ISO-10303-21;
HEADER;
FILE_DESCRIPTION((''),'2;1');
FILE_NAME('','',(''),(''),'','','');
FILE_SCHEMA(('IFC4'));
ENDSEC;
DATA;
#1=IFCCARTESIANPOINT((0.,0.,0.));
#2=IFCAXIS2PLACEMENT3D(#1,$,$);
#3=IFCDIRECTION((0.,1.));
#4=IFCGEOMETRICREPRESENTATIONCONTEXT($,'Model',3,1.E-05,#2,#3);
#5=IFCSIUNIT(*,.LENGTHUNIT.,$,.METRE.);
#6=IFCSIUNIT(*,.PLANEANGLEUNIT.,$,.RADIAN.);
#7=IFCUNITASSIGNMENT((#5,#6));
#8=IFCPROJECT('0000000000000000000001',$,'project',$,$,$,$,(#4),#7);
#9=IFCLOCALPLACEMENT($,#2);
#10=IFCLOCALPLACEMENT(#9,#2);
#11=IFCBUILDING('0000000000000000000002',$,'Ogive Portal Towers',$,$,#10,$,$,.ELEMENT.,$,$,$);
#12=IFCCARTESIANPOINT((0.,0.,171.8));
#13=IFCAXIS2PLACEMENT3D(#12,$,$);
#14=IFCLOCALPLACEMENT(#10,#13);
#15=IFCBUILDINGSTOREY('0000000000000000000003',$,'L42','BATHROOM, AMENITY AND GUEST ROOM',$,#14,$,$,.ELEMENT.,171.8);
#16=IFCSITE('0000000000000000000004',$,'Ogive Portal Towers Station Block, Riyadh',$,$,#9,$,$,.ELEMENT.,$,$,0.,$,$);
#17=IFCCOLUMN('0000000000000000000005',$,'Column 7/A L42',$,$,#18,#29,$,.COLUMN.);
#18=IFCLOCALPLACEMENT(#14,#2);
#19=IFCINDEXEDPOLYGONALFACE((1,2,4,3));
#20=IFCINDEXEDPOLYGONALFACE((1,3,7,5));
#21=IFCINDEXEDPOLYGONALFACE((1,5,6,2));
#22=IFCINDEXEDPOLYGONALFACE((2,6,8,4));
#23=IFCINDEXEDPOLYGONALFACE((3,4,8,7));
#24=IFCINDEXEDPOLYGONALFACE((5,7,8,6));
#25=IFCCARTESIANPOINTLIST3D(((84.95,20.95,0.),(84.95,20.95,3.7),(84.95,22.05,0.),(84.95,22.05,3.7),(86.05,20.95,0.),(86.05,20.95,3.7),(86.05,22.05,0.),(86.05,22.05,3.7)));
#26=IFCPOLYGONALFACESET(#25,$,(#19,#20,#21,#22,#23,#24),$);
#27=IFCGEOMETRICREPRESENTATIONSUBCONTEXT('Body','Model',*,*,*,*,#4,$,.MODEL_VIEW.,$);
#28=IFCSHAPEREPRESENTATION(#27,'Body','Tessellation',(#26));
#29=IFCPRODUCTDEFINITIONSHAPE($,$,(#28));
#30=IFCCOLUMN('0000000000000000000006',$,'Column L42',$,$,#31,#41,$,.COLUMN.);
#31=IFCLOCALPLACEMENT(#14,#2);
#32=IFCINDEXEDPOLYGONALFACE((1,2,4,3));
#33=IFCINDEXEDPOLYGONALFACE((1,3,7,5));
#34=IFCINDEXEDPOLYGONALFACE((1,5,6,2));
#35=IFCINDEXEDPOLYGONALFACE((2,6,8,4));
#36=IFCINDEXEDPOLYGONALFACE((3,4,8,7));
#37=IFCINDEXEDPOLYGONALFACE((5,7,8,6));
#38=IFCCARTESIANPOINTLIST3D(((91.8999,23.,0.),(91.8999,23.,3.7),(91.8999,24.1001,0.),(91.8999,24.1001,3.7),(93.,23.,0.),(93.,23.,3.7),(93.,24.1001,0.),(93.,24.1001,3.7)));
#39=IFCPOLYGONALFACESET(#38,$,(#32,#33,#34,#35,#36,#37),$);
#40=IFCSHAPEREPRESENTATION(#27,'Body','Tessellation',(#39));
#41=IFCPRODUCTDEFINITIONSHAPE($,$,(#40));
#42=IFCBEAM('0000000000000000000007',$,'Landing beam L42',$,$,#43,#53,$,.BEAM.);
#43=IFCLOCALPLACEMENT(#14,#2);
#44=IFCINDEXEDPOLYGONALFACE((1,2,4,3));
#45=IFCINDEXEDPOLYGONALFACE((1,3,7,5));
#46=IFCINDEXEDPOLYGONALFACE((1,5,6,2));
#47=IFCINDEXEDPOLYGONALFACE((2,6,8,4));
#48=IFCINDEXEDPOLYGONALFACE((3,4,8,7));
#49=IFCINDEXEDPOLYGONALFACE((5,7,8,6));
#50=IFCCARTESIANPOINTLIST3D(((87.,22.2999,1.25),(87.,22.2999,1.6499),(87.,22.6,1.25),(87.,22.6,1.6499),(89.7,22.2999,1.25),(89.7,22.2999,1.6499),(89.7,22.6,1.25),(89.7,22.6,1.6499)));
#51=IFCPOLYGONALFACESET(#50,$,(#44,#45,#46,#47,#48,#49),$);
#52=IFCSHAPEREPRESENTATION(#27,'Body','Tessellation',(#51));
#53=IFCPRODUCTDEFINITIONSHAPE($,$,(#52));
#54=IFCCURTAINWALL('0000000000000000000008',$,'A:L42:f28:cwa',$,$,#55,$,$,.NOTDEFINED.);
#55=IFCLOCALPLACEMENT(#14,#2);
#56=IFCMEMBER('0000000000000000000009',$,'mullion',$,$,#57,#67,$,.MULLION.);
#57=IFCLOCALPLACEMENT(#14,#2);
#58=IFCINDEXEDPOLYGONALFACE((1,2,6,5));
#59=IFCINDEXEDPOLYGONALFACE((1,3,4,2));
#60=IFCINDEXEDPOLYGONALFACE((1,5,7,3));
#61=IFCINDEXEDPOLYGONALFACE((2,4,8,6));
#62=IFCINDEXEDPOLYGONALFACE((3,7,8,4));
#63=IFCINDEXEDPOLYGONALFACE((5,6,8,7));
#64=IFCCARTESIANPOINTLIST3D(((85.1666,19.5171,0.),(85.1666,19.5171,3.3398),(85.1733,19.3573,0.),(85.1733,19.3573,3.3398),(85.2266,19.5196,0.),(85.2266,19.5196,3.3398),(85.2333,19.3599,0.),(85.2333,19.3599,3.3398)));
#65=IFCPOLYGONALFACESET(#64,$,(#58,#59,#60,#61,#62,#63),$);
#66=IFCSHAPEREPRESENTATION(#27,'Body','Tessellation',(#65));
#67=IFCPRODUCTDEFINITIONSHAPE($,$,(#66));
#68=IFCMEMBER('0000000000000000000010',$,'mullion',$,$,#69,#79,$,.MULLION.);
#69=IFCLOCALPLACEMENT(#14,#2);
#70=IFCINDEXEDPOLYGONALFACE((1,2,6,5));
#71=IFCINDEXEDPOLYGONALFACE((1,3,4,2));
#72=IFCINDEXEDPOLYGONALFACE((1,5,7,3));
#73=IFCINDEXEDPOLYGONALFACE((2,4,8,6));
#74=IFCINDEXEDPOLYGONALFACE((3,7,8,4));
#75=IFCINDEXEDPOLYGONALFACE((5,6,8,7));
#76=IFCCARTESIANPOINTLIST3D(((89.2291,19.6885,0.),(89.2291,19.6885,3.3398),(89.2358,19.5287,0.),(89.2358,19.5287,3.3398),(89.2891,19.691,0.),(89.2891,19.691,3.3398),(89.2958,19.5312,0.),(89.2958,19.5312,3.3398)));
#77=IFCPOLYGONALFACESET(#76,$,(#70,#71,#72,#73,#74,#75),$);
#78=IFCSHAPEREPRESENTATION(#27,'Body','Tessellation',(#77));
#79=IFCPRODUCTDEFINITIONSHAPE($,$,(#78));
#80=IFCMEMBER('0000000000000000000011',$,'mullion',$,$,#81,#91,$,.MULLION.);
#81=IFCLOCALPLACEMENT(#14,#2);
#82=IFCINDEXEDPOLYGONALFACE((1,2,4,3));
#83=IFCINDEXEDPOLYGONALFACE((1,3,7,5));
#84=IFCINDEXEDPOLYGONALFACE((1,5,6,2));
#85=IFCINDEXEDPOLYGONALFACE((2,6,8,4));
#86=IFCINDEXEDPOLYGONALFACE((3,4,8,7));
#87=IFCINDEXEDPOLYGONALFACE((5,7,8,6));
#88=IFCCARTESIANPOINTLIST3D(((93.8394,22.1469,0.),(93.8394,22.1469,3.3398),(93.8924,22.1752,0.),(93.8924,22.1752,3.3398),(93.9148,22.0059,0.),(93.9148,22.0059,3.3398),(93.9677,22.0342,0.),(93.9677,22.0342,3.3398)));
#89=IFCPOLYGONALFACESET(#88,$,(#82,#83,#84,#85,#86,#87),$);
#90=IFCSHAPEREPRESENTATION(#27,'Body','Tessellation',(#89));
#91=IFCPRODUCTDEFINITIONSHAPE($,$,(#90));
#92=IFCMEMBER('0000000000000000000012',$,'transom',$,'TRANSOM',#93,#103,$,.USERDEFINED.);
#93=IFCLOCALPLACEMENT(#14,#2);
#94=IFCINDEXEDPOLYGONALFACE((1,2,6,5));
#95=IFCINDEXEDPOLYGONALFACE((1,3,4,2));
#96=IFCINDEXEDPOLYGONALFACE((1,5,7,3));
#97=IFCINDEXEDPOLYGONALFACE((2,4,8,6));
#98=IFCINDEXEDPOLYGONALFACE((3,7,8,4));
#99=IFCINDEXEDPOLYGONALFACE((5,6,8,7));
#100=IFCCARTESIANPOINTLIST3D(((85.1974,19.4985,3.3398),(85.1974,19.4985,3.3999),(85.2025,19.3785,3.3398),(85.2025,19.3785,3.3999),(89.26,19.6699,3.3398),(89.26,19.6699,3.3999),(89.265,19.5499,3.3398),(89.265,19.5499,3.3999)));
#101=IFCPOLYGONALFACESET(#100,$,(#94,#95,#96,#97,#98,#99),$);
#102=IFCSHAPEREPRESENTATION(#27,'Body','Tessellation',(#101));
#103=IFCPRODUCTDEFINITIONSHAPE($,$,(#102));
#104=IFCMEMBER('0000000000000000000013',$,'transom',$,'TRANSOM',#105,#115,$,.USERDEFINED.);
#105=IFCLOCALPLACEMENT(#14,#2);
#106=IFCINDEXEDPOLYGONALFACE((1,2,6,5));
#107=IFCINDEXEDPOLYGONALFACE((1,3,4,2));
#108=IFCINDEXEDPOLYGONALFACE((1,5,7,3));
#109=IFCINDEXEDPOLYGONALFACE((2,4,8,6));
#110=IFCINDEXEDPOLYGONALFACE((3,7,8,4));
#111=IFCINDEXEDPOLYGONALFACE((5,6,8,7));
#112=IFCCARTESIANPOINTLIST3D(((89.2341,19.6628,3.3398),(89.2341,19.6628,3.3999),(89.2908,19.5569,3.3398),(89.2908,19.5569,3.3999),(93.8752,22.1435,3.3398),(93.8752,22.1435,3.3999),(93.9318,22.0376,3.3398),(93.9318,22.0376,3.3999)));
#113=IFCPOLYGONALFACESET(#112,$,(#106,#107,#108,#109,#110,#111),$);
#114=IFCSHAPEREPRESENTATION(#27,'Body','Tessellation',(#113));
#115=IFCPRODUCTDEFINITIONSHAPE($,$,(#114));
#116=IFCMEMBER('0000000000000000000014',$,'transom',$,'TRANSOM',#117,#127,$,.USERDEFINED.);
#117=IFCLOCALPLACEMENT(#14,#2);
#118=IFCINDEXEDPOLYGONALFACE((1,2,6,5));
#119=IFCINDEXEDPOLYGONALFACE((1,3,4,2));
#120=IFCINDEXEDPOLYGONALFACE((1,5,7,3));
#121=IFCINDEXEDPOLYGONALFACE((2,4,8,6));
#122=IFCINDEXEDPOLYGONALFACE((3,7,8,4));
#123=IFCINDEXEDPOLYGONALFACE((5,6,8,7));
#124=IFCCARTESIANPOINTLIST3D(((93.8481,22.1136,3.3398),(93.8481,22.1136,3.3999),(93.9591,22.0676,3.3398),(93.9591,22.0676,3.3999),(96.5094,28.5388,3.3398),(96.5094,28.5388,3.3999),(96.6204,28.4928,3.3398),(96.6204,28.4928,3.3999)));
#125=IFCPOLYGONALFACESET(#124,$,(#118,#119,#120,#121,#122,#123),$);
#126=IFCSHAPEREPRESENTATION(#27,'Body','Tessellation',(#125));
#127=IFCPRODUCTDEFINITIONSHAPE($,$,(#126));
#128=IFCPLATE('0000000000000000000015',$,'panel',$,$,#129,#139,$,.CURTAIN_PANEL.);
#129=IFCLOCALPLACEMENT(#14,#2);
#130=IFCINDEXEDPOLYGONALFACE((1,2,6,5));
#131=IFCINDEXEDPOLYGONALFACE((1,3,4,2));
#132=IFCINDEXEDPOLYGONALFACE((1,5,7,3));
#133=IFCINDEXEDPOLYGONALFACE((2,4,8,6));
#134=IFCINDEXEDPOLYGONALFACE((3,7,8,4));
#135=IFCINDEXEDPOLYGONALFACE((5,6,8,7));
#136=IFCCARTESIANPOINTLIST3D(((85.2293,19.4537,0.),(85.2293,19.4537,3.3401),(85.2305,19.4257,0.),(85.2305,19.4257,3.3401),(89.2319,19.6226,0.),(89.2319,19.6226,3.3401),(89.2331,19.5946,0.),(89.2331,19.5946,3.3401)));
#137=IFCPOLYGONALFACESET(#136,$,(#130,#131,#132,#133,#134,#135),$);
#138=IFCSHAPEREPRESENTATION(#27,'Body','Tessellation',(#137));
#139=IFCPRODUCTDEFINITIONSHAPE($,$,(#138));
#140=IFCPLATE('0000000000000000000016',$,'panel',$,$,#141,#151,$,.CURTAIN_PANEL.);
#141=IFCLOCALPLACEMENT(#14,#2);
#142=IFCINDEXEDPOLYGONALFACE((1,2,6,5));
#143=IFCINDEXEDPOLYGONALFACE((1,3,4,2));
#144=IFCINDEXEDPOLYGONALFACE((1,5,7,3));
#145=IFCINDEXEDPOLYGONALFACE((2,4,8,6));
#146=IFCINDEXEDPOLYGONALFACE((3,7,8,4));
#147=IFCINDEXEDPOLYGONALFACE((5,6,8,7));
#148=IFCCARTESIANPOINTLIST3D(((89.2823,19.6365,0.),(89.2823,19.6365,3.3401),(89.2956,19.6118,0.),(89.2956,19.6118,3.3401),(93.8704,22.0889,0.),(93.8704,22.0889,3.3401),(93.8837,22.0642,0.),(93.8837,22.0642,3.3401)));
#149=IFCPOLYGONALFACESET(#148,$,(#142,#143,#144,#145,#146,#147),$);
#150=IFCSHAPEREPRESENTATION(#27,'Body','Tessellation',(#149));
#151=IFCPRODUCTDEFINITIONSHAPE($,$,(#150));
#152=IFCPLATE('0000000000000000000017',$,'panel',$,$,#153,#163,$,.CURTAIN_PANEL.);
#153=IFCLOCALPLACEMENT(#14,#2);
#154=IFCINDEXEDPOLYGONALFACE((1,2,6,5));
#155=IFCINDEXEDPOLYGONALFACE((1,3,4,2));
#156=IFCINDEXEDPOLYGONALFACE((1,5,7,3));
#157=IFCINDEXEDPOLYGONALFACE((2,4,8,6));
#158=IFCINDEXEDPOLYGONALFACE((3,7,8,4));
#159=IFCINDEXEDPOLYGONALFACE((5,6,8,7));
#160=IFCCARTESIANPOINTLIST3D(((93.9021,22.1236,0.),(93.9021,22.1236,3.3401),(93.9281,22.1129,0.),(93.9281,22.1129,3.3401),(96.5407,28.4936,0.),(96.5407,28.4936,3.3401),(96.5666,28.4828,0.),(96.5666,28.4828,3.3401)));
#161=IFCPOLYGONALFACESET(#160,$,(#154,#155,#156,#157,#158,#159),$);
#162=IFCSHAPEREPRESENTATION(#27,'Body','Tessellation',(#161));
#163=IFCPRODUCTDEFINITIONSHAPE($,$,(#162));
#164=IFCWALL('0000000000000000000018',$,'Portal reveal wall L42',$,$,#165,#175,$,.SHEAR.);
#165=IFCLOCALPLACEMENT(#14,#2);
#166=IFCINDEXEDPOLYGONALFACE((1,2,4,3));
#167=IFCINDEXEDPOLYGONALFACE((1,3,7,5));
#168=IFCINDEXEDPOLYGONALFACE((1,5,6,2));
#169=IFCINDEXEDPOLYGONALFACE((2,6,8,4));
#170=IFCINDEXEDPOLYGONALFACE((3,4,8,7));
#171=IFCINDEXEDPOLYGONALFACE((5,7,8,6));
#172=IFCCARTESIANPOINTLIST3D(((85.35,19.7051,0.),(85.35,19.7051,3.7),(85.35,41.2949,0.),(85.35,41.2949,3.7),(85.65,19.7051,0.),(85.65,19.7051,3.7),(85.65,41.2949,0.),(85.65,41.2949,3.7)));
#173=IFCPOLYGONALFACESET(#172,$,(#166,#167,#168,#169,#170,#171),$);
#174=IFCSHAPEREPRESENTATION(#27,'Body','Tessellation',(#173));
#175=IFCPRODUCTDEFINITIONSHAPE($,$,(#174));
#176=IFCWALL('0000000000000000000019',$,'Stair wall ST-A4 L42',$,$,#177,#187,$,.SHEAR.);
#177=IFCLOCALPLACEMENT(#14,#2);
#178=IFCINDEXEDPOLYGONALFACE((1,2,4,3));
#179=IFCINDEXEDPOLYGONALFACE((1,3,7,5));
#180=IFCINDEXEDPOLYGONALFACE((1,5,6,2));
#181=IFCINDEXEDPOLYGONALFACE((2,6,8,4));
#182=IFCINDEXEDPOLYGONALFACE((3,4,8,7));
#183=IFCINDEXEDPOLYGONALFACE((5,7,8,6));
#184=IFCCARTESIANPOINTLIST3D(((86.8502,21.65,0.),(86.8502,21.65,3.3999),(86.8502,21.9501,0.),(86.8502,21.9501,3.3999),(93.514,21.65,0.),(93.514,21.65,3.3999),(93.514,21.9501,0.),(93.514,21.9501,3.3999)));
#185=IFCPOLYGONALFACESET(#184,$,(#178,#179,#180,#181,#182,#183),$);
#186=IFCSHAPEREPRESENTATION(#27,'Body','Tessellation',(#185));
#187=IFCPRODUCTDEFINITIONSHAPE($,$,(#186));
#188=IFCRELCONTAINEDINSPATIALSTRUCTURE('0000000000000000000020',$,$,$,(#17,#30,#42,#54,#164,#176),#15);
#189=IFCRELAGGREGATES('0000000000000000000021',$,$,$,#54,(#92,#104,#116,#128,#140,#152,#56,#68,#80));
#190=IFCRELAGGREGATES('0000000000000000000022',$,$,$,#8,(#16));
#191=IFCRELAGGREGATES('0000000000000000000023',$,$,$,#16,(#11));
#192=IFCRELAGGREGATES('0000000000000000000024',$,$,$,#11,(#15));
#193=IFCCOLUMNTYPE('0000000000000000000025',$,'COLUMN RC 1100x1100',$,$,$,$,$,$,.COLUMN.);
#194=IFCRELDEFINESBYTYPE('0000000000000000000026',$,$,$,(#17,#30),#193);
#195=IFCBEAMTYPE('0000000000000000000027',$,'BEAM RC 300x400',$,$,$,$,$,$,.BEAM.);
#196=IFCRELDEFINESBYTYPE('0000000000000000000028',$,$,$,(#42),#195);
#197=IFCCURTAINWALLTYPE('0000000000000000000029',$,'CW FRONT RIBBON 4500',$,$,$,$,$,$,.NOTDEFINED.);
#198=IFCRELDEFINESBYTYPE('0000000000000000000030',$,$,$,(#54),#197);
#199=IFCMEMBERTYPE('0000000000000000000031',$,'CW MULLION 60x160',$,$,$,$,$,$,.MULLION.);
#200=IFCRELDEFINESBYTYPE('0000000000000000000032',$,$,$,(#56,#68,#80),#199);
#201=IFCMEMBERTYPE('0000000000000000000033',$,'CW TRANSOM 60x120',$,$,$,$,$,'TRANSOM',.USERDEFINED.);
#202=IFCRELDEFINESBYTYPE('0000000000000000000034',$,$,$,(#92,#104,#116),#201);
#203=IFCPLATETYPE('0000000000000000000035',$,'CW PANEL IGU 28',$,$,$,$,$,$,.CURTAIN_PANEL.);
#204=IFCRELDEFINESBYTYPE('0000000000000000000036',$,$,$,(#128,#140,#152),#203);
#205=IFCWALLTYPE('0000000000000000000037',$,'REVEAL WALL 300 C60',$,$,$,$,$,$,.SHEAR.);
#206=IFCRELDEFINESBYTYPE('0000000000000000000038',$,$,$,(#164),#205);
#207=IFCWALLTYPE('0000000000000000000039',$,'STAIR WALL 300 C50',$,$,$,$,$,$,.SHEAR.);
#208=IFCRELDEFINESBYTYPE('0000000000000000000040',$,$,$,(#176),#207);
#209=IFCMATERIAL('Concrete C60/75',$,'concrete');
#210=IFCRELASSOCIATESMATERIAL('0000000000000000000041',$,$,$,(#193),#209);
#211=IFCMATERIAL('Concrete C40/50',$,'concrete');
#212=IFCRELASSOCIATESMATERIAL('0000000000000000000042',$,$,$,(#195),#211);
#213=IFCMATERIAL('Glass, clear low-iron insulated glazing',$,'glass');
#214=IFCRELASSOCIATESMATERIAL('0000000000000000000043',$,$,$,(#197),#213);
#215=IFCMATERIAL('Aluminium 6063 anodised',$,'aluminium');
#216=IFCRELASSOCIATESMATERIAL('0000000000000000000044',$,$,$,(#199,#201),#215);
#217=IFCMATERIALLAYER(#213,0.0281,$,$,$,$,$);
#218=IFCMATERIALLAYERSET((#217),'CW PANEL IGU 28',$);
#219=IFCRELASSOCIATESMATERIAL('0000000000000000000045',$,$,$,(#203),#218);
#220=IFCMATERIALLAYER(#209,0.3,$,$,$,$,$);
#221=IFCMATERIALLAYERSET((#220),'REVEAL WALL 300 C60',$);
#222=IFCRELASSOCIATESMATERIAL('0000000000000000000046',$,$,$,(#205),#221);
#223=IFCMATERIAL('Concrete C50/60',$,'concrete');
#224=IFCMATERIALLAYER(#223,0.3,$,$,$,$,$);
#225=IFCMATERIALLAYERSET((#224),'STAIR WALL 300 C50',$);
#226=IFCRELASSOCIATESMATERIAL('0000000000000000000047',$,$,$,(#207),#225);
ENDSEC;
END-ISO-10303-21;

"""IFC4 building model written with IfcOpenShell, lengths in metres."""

from ifc_helpers import new_model, si_unit, direction, frame, frame_2d, origin, origin_2d, place, context, subcontext, project, spatial, rectangle, extrude, material, layer, layer_set, material_profile, profile_set, type_object, element, aggregate, save


model = new_model("IFC4")

# Units and contexts
model_context = context("Model", 3, precision=1e-05, world=origin(), true_north=direction((0.0, 1.0)))
body_context = subcontext(model_context, "Body", "Model", "MODEL_VIEW")
ifc_project = project(units=[si_unit("LENGTHUNIT", "METRE"), si_unit("PLANEANGLEUNIT", "RADIAN")], contexts=[model_context])

# Site, building, storey
site_placement = place(None, origin())
site = spatial("IfcSite", under=ifc_project, at=site_placement, Name="Ogive Portal Towers Station Block, Riyadh", CompositionType="ELEMENT", RefElevation=0.0)
building_placement = place(site_placement, origin())
building = spatial("IfcBuilding", under=site, at=building_placement, Name="Ogive Portal Towers", CompositionType="ELEMENT")
storey_placement = place(building_placement, frame((0.0, 0.0, 171.8)))
storey = spatial("IfcBuildingStorey", under=building, at=storey_placement, Name="L42", Description="BATHROOM, AMENITY AND GUEST ROOM", CompositionType="ELEMENT", Elevation=171.8)

# Columns
ifc_material_1 = material(Name="Concrete C60/75", Category="concrete")
ifc_material_profile_1 = material_profile(ifc_material_1, rectangle(XDim=1.1001, YDim=1.1001, at=origin_2d()), Name="RC 1100x1100")
ifc_profile_set_1 = profile_set([ifc_material_profile_1], Name="Concrete C60/75")
column_type = type_object("IfcColumnType", Name="COLUMN RC 1100x1100", PredefinedType="COLUMN", material=ifc_profile_set_1)
for number, where, z_axis, x_axis, name in (
    (1, (85.5, 21.5, 0.0), (0.0, 0.0, 1.0), (1.0, 0.0, 0.0), "Column 7/A L42"),
    (2, (92.45, 23.55, 0.0), (0.0, 0.0, 1.0), (1.0, 0.0, 0.0), "Column L42"),
):
    element("IfcColumn", number, at=place(storey_placement, frame(where, z_axis=z_axis, x_axis=x_axis)), inside=storey, type_object=column_type, Name=name, PredefinedType="COLUMN", context=body_context, shape_type="SweptSolid", body=[
        extrude(rectangle(XDim=1.1001, YDim=1.1001, at=origin_2d()), origin(), (0.0, 0.0, 1.0), 3.7),
    ])

# Beam
ifc_material_2 = material(Name="Concrete C40/50", Category="concrete")
ifc_material_profile_2 = material_profile(ifc_material_2, rectangle(XDim=0.3, YDim=0.3999, at=origin_2d()), Name="RC 300x400")
ifc_profile_set_2 = profile_set([ifc_material_profile_2], Name="Concrete C40/50")
beam_type = type_object("IfcBeamType", Name="BEAM RC 300x400", PredefinedType="BEAM", material=ifc_profile_set_2)
beam_placement = place(storey_placement, frame((87.0, 22.45, 1.45), z_axis=(1.0, 0.0, 0.0), x_axis=(0.0, 1.0, 0.0)))
element("IfcBeam", 3, at=beam_placement, inside=storey, type_object=beam_type, Name="Landing beam L42", PredefinedType="BEAM", context=body_context, shape_type="SweptSolid", body=[
    extrude(rectangle(XDim=0.3, YDim=0.3999, at=origin_2d()), origin(), (0.0, 0.0, 1.0), 2.7),
])

# Curtain wall, members, plates
ifc_material_3 = material(Name="Glass, clear low-iron insulated glazing", Category="glass")
curtain_wall_type = type_object("IfcCurtainWallType", Name="CW FRONT RIBBON 4500", PredefinedType="NOTDEFINED", material=ifc_material_3)
curtain_wall_placement = place(storey_placement, origin())
curtain_wall = element("IfcCurtainWall", 4, at=curtain_wall_placement, inside=storey, type_object=curtain_wall_type, Name="A:L42:f28:cwa", PredefinedType="NOTDEFINED")
ifc_material_4 = material(Name="Aluminium 6063 anodised", Category="aluminium")
ifc_material_profile_3 = material_profile(ifc_material_4, rectangle(XDim=0.1599, YDim=0.0601, at=origin_2d()), Name="AL 60x160")
ifc_profile_set_3 = profile_set([ifc_material_profile_3], Name="Aluminium 6063 anodised")
member_type_1 = type_object("IfcMemberType", Name="CW MULLION 60x160", PredefinedType="MULLION", material=ifc_profile_set_3)
member_1_placement = place(storey_placement, frame((85.2, 19.4385, 0.0), z_axis=(0.0, 0.0, 1.0), x_axis=(-0.042161, 0.999111, 0.0)))
member_1 = element("IfcMember", 5, at=member_1_placement, type_object=member_type_1, Name="mullion", PredefinedType="MULLION", context=body_context, shape_type="SweptSolid", body=[
    extrude(rectangle(XDim=0.1599, YDim=0.0601, at=origin_2d()), origin(), (0.0, 0.0, 1.0), 3.3398),
])
member_2_placement = place(storey_placement, frame((89.2625, 19.6099, 0.0), z_axis=(0.0, 0.0, 1.0), x_axis=(-0.042161, 0.999111, 0.0)))
member_2 = element("IfcMember", 6, at=member_2_placement, type_object=member_type_1, Name="mullion", PredefinedType="MULLION", context=body_context, shape_type="SweptSolid", body=[
    extrude(rectangle(XDim=0.1599, YDim=0.0601, at=origin_2d()), origin(), (0.0, 0.0, 1.0), 3.3398),
])
member_3_placement = place(storey_placement, frame((93.9036, 22.0906, 0.0), z_axis=(0.0, 0.0, 1.0), x_axis=(-0.471397, 0.881921, 0.0)))
member_3 = element("IfcMember", 7, at=member_3_placement, type_object=member_type_1, Name="mullion", PredefinedType="MULLION", context=body_context, shape_type="SweptSolid", body=[
    extrude(rectangle(XDim=0.1599, YDim=0.0601, at=origin_2d()), origin(), (0.0, 0.0, 1.0), 3.3398),
])
ifc_material_profile_4 = material_profile(ifc_material_4, rectangle(XDim=0.1201, YDim=0.0601, at=origin_2d()), Name="AL 120x60")
ifc_profile_set_4 = profile_set([ifc_material_profile_4], Name="Aluminium 6063 anodised")
member_type_2 = type_object("IfcMemberType", Name="CW TRANSOM 60x120", ElementType="TRANSOM", PredefinedType="USERDEFINED", material=ifc_profile_set_4)
member_4_placement = place(storey_placement, frame((85.2, 19.4385, 3.3699), z_axis=(0.999111, 0.04215, 0.0), x_axis=(-0.04215, 0.999111, 0.0)))
member_4 = element("IfcMember", 8, at=member_4_placement, type_object=member_type_2, Name="transom", ObjectType="TRANSOM", PredefinedType="USERDEFINED", context=body_context, shape_type="SweptSolid", body=[
    extrude(rectangle(XDim=0.1201, YDim=0.0601, at=origin_2d()), origin(), (0.0, 0.0, 1.0), 4.0662),
])
member_5_placement = place(storey_placement, frame((89.2625, 19.6099, 3.3699), z_axis=(0.881922, 0.471395, 0.0), x_axis=(-0.471395, 0.881922, 0.0)))
member_5 = element("IfcMember", 9, at=member_5_placement, type_object=member_type_2, Name="transom", ObjectType="TRANSOM", PredefinedType="USERDEFINED", context=body_context, shape_type="SweptSolid", body=[
    extrude(rectangle(XDim=0.1201, YDim=0.0601, at=origin_2d()), origin(), (0.0, 0.0, 1.0), 5.2625),
])
member_6_placement = place(storey_placement, frame((93.9036, 22.0906, 3.3699), z_axis=(0.382675, 0.923883, 0.0), x_axis=(-0.923883, 0.382675, 0.0)))
member_6 = element("IfcMember", 10, at=member_6_placement, type_object=member_type_2, Name="transom", ObjectType="TRANSOM", PredefinedType="USERDEFINED", context=body_context, shape_type="SweptSolid", body=[
    extrude(rectangle(XDim=0.1201, YDim=0.0601, at=origin_2d()), origin(), (0.0, 0.0, 1.0), 6.9546),
])
ifc_layer_1 = layer(ifc_material_3, 0.0281)
ifc_layer_set_1 = layer_set([ifc_layer_1], Name="CW PANEL IGU 28")
plate_type = type_object("IfcPlateType", Name="CW PANEL IGU 28", PredefinedType="CURTAIN_PANEL", material=ifc_layer_set_1)
plate_1_placement = place(storey_placement, frame((87.2312, 19.5242, 0.0), z_axis=(0.0, 0.0, 1.0), x_axis=(0.999111, 0.042161, 0.0)))
plate_1 = element("IfcPlate", 11, at=plate_1_placement, type_object=plate_type, Name="panel", PredefinedType="CURTAIN_PANEL", context=body_context, shape_type="SweptSolid", body=[
    extrude(rectangle(XDim=4.0061, YDim=0.0281, at=origin_2d()), origin(), (0.0, 0.0, 1.0), 3.3401),
])
plate_2_placement = place(storey_placement, frame((91.583, 20.8503, 0.0), z_axis=(0.0, 0.0, 1.0), x_axis=(0.881921, 0.471397, 0.0)))
plate_2 = element("IfcPlate", 12, at=plate_2_placement, type_object=plate_type, Name="panel", PredefinedType="CURTAIN_PANEL", context=body_context, shape_type="SweptSolid", body=[
    extrude(rectangle(XDim=5.2024, YDim=0.0281, at=origin_2d()), origin(), (0.0, 0.0, 1.0), 3.3401),
])
plate_3_placement = place(storey_placement, frame((95.2344, 25.3032, 0.0), z_axis=(0.0, 0.0, 1.0), x_axis=(0.382683, 0.92388, 0.0)))
plate_3 = element("IfcPlate", 13, at=plate_3_placement, type_object=plate_type, Name="panel", PredefinedType="CURTAIN_PANEL", context=body_context, shape_type="SweptSolid", body=[
    extrude(rectangle(XDim=6.8948, YDim=0.0281, at=origin_2d()), origin(), (0.0, 0.0, 1.0), 3.3401),
])
aggregate(curtain_wall, [member_4, member_5, member_6, plate_1, plate_2, plate_3, member_1, member_2, member_3])

# Walls
ifc_layer_2 = layer(ifc_material_1, 0.3)
ifc_layer_set_2 = layer_set([ifc_layer_2], Name="REVEAL WALL 300 C60")
wall_type_1 = type_object("IfcWallType", Name="REVEAL WALL 300 C60", PredefinedType="SHEAR", material=ifc_layer_set_2)
wall_1_placement = place(storey_placement, frame((85.5, 19.7051, 0.0), z_axis=(0.0, 0.0, 1.0), x_axis=(0.0, 1.0, 0.0)))
element("IfcWall", 14, at=wall_1_placement, inside=storey, type_object=wall_type_1, Name="Portal reveal wall L42", PredefinedType="SHEAR", context=body_context, shape_type="SweptSolid", body=[
    extrude(rectangle(XDim=21.5898, YDim=0.3, at=frame_2d((10.7949, 0.0))), origin(), (0.0, 0.0, 1.0), 3.7),
])
ifc_material_5 = material(Name="Concrete C50/60", Category="concrete")
ifc_layer_3 = layer(ifc_material_5, 0.3)
ifc_layer_set_3 = layer_set([ifc_layer_3], Name="STAIR WALL 300 C50")
wall_type_2 = type_object("IfcWallType", Name="STAIR WALL 300 C50", PredefinedType="SHEAR", material=ifc_layer_set_3)
wall_2_placement = place(storey_placement, frame((86.8501, 21.8, 0.0), z_axis=(0.0, 0.0, 1.0), x_axis=(1.0, 0.0, 0.0)))
element("IfcWall", 15, at=wall_2_placement, inside=storey, type_object=wall_type_2, Name="Stair wall ST-A4 L42", PredefinedType="SHEAR", context=body_context, shape_type="SweptSolid", body=[
    extrude(rectangle(XDim=6.6638, YDim=0.3, at=frame_2d((3.332, 0.0))), origin(), (0.0, 0.0, 1.0), 3.3999),
])

save(model, "model.ifc")
